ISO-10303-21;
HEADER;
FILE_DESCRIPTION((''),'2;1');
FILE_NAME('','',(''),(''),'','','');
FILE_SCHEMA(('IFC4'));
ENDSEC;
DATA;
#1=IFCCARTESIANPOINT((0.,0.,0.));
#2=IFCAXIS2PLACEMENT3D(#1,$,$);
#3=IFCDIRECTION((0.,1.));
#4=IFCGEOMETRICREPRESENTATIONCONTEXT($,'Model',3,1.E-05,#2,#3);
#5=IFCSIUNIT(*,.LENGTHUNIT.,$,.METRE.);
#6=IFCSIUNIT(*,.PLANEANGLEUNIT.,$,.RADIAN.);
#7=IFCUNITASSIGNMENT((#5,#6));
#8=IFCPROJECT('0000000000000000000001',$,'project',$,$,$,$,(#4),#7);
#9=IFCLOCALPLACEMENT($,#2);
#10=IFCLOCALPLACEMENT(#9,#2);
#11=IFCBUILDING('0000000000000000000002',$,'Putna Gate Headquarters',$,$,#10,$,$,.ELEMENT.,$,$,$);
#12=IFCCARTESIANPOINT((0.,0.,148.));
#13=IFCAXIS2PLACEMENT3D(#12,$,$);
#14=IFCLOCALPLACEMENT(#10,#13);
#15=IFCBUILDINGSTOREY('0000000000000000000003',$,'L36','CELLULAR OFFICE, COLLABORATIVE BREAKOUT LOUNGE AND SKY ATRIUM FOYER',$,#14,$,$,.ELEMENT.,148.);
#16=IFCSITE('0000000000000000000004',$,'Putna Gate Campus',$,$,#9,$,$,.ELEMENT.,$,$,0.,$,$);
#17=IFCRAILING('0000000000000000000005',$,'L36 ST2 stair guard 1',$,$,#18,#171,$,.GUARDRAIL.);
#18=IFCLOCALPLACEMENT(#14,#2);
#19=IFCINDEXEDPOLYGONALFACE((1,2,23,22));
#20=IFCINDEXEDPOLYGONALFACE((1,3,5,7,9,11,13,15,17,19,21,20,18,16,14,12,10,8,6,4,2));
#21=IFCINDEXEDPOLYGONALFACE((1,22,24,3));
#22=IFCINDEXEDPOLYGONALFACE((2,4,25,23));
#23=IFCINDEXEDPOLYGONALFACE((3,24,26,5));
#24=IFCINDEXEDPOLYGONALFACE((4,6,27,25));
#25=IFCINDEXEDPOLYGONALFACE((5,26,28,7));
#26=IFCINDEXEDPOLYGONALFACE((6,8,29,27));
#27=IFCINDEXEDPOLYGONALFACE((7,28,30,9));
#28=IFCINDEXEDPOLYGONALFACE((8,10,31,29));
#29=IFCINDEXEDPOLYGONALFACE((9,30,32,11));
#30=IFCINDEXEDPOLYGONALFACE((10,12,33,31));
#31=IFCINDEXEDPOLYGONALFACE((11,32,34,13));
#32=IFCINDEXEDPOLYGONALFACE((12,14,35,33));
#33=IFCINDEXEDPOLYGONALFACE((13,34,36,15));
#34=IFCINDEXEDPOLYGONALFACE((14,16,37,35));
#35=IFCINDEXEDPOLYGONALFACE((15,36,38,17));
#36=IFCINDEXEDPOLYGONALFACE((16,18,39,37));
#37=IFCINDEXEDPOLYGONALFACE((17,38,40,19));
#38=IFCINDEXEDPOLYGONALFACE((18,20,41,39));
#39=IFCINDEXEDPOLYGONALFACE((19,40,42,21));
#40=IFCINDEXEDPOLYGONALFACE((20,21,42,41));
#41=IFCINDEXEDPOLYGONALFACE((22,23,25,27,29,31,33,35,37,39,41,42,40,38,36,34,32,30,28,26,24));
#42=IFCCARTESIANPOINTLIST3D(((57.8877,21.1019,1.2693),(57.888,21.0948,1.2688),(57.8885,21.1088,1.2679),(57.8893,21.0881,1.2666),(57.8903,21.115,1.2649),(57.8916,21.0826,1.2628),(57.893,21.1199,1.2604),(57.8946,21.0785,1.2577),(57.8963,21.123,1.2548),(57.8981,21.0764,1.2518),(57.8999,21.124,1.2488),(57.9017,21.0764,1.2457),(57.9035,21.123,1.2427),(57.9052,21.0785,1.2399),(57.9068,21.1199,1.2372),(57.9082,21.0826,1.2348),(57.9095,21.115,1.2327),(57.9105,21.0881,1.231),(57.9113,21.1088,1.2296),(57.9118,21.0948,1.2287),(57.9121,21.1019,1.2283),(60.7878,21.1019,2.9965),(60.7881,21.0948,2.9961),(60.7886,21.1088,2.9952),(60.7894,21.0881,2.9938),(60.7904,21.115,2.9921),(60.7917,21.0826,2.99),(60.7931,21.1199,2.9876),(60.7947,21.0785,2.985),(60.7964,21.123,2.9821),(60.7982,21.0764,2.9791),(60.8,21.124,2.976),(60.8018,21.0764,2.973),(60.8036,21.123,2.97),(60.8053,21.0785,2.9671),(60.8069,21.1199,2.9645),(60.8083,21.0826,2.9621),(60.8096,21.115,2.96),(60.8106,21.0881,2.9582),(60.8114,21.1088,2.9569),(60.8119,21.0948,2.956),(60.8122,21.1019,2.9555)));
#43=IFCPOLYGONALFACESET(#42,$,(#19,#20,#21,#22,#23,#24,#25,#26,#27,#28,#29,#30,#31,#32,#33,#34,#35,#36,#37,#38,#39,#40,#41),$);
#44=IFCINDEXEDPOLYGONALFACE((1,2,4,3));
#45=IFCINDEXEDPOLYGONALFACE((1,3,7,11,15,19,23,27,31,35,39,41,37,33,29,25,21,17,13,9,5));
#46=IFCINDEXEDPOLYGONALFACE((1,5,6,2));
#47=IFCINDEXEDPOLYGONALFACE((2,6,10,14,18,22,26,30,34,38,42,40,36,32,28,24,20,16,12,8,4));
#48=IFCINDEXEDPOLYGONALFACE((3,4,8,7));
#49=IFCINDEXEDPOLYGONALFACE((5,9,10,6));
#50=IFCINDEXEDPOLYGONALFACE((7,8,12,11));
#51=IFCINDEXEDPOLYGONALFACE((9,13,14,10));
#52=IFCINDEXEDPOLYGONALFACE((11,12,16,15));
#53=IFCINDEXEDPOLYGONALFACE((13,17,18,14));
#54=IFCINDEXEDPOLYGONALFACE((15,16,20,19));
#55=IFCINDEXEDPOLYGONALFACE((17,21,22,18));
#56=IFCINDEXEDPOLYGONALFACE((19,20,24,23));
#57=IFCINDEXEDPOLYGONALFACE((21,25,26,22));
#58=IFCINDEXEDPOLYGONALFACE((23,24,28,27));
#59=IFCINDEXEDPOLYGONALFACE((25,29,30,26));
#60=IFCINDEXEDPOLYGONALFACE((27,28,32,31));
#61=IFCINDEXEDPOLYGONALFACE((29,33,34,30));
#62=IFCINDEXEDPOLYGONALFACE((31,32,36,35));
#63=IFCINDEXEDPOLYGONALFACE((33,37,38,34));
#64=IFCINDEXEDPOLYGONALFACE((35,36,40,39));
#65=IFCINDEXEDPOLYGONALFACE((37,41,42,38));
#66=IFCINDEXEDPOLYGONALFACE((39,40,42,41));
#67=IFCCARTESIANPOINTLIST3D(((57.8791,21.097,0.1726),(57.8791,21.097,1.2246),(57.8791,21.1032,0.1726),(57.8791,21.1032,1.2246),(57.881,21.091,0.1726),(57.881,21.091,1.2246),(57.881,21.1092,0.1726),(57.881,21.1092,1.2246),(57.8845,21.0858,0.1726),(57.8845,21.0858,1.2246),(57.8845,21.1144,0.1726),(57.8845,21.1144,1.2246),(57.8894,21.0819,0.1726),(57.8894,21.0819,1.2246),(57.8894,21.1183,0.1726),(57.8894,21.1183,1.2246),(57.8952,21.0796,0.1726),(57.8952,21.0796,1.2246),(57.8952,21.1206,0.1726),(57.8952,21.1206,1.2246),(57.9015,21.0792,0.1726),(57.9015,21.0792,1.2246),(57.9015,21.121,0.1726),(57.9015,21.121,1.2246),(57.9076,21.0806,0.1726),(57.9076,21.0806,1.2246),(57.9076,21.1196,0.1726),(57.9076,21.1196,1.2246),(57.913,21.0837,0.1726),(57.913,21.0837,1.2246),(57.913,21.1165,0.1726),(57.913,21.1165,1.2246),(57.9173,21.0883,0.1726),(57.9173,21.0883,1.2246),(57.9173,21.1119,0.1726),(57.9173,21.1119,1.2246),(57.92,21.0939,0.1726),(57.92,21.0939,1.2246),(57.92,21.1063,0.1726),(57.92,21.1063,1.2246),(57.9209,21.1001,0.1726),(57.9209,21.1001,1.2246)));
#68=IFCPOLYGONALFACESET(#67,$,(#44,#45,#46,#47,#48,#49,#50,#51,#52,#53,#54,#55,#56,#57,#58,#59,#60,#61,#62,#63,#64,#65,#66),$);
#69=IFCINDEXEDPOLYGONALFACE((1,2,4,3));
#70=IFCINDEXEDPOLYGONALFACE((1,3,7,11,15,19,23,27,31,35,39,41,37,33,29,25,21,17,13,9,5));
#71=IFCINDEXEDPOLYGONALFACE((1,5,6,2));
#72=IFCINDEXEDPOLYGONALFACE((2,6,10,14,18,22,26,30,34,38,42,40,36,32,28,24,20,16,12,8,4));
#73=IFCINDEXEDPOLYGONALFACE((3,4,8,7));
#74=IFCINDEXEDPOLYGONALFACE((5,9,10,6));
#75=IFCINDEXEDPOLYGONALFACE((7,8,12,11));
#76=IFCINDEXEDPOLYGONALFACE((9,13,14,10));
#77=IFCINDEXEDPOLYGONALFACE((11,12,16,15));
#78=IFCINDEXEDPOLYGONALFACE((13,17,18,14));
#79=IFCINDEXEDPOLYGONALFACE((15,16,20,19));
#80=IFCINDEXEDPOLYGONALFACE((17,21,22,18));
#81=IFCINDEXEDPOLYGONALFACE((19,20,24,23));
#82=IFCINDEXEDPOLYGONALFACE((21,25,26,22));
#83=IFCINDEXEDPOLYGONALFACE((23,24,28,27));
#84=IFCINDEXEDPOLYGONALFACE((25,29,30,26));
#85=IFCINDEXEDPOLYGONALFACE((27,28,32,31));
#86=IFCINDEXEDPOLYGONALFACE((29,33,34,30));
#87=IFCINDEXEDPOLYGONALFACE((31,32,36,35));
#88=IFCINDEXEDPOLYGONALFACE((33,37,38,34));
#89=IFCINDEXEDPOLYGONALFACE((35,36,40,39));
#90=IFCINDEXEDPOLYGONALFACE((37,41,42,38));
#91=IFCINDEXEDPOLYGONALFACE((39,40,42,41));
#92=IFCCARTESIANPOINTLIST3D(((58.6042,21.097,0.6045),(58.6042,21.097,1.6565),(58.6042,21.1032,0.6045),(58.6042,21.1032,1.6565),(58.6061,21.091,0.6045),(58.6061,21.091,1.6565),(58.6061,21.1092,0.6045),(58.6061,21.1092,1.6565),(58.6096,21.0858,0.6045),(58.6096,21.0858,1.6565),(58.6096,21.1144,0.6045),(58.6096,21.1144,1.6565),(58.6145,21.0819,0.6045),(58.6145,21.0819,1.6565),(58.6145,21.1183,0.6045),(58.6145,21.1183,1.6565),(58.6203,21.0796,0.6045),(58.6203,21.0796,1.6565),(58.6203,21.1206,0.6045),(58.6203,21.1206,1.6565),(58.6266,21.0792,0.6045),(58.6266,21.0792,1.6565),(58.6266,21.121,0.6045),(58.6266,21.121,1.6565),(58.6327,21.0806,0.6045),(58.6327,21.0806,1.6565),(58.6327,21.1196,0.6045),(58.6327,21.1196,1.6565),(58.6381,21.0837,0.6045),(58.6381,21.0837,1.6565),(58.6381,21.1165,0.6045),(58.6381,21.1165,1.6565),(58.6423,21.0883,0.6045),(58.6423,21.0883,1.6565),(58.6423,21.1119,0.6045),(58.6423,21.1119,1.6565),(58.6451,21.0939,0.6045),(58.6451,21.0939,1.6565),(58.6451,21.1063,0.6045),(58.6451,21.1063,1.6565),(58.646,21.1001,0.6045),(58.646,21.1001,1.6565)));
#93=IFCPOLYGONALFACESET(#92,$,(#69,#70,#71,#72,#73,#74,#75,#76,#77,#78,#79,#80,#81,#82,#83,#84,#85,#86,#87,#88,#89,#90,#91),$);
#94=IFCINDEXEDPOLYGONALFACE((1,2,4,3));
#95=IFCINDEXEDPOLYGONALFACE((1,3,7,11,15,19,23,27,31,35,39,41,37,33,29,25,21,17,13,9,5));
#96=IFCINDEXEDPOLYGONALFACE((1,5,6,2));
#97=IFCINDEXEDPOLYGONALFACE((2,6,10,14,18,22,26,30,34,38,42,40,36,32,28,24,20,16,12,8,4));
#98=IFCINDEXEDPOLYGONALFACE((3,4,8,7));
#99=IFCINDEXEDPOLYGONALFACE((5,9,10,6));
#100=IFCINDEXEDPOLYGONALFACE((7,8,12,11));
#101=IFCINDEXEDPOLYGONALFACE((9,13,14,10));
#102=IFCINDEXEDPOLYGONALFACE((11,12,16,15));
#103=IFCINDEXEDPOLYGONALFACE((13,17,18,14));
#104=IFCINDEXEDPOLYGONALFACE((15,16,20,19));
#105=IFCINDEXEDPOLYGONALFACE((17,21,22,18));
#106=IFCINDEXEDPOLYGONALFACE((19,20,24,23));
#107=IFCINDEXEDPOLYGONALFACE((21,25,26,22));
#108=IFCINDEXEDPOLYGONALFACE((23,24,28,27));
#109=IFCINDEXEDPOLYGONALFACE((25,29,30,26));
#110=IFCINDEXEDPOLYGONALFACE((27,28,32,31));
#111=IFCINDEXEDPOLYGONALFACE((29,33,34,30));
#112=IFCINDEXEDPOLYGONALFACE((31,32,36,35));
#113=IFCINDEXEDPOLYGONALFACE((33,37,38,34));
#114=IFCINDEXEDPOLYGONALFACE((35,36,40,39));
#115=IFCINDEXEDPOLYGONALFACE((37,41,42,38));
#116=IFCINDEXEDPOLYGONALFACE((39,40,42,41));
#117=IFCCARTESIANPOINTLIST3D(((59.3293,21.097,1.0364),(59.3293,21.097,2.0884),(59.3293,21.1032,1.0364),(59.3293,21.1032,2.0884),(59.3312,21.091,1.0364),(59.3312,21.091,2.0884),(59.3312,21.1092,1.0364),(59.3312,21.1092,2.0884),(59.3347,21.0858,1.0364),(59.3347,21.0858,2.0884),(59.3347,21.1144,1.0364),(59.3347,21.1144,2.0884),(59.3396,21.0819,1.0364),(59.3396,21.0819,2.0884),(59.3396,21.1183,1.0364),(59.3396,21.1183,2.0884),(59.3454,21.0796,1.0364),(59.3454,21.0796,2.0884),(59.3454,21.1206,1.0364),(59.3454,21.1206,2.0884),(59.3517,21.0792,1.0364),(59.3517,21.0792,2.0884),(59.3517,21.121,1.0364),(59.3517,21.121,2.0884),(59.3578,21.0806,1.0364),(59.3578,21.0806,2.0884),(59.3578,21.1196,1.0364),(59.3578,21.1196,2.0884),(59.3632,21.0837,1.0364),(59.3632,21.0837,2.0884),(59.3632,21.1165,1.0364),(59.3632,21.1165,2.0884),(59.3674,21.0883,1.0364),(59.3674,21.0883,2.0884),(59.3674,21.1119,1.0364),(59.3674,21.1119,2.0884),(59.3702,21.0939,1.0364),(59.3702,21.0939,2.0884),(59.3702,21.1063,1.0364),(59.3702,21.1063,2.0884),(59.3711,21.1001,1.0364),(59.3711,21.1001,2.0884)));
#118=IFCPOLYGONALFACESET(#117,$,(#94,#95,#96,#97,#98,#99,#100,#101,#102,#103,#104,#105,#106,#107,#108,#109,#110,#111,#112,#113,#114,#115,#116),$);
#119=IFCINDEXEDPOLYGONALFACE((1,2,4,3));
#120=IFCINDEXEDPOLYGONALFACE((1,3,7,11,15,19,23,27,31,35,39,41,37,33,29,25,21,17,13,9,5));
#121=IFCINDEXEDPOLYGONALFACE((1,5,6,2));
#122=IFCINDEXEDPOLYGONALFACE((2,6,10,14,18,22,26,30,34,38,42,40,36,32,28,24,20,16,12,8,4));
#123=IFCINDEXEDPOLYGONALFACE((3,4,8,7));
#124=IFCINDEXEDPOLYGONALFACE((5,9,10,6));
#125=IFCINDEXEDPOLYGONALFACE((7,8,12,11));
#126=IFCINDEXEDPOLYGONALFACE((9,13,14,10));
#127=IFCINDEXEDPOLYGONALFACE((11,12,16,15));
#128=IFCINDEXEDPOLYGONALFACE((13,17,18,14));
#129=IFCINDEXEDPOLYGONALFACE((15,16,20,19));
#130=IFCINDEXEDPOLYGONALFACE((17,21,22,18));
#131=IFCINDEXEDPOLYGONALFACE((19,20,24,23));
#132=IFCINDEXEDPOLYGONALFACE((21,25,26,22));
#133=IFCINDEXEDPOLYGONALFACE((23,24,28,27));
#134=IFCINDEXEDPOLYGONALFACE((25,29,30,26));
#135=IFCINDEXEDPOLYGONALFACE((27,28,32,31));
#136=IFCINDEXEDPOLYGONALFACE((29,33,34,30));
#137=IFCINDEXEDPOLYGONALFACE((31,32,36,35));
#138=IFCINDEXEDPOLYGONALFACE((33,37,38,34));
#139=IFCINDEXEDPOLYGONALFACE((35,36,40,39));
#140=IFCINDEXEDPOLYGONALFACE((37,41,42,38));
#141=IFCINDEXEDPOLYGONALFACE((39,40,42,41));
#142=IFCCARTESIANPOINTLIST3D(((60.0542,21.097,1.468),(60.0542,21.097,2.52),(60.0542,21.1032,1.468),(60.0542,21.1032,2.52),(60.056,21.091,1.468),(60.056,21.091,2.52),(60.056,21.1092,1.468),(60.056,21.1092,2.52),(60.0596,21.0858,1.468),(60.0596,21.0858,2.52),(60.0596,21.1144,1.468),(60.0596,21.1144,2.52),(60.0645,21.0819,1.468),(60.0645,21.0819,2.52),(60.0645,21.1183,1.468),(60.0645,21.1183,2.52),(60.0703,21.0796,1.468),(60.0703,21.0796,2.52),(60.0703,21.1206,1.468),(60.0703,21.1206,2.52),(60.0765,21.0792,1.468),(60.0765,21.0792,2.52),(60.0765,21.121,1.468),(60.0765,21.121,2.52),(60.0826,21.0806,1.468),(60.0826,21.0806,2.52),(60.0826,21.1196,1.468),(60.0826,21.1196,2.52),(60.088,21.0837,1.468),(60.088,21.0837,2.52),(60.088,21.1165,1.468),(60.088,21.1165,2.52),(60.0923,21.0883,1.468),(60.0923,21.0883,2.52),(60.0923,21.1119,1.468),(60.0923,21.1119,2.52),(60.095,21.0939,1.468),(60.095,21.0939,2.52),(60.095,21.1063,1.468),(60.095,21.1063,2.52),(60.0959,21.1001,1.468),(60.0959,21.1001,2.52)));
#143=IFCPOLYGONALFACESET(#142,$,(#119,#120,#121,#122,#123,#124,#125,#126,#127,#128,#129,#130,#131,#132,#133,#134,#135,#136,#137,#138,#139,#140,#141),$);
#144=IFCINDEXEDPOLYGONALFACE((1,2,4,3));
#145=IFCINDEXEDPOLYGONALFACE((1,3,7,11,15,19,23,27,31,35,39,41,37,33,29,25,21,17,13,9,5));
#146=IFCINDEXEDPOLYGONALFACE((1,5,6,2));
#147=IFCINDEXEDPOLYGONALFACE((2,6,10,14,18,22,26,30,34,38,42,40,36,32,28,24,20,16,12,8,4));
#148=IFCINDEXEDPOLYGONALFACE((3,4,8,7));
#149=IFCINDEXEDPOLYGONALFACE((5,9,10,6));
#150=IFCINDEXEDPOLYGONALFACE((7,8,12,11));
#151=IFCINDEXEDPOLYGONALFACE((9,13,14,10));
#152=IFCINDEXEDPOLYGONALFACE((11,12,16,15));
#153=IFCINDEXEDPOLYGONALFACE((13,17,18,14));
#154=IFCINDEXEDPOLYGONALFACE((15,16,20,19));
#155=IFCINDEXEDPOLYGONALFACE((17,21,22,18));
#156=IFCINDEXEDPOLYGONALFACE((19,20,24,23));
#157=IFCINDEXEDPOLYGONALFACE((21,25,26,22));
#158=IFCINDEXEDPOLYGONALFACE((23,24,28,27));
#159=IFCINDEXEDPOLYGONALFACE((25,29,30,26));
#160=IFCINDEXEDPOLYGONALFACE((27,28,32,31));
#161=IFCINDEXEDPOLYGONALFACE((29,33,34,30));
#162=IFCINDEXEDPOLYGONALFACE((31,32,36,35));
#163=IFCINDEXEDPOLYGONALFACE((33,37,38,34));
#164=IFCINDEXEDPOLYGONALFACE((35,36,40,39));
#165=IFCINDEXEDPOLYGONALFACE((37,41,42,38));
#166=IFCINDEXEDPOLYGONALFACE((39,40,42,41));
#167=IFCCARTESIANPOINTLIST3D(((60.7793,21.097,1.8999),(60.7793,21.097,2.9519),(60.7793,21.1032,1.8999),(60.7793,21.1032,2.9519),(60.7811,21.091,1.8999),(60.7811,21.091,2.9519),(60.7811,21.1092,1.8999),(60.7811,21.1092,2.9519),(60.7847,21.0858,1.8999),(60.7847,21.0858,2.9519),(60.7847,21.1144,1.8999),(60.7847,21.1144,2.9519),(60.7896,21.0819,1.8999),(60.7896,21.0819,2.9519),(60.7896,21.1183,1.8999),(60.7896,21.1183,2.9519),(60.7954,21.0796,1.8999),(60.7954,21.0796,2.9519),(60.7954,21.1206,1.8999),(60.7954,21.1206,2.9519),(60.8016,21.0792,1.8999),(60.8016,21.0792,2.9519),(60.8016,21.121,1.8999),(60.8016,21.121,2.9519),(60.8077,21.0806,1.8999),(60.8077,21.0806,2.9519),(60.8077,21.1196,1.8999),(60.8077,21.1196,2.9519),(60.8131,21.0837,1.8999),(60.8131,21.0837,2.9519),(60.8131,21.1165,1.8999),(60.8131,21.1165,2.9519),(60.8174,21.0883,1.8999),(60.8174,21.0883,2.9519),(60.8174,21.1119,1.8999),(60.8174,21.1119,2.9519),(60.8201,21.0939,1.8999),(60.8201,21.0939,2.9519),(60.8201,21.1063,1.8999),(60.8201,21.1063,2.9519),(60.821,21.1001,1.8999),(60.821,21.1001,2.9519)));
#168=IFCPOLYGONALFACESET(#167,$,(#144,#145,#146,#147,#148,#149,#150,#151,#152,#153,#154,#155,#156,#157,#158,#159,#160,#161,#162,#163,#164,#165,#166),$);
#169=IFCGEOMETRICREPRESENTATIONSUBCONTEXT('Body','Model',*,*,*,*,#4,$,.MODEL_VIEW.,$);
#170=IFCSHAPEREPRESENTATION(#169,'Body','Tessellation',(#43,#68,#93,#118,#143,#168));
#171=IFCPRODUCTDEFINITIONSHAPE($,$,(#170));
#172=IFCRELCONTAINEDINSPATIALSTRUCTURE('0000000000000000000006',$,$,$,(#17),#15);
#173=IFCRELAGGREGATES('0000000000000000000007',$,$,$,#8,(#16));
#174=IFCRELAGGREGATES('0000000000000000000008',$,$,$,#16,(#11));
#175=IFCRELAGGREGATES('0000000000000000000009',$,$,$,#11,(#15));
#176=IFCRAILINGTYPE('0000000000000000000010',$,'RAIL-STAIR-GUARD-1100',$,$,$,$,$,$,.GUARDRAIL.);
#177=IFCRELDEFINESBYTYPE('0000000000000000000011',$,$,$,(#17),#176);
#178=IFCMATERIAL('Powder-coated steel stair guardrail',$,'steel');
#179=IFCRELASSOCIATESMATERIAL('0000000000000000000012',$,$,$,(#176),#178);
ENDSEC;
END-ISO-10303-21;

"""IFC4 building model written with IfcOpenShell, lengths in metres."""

from ifc_helpers import new_model, si_unit, direction, frame, origin, origin_2d, place, context, subcontext, project, spatial, circle, extrude, material, type_object, element, save


model = new_model("IFC4")

# Units and contexts
model_context = context("Model", 3, precision=1e-05, world=origin(), true_north=direction((0.0, 1.0)))
body_context = subcontext(model_context, "Body", "Model", "MODEL_VIEW")
ifc_project = project(units=[si_unit("LENGTHUNIT", "METRE"), si_unit("PLANEANGLEUNIT", "RADIAN")], contexts=[model_context])

# Site, building, storey
site_placement = place(None, origin())
site = spatial("IfcSite", under=ifc_project, at=site_placement, Name="Putna Gate Campus", CompositionType="ELEMENT", RefElevation=0.0)
building_placement = place(site_placement, origin())
building = spatial("IfcBuilding", under=site, at=building_placement, Name="Putna Gate Headquarters", CompositionType="ELEMENT")
storey_placement = place(building_placement, frame((0.0, 0.0, 148.0)))
storey = spatial("IfcBuildingStorey", under=building, at=storey_placement, Name="L36", Description="CELLULAR OFFICE, COLLABORATIVE BREAKOUT LOUNGE AND SKY ATRIUM FOYER", CompositionType="ELEMENT", Elevation=148.0)

# Railing
ifc_material_1 = material(Name="Powder-coated steel stair guardrail", Category="steel")
railing_type_1 = type_object("IfcRailingType", Name="RAIL-STAIR-GUARD-1100", PredefinedType="GUARDRAIL", material=ifc_material_1)
railing_1_placement = place(storey_placement, frame((57.8999, 21.1001, 0.1726)))
element("IfcRailing", 1, at=railing_1_placement, inside=storey, type_object=railing_type_1, Name="L36 ST2 stair guard 1", PredefinedType="GUARDRAIL", context=body_context, shape_type="SweptSolid", body=[
    extrude(circle(Radius=0.0239, at=origin_2d()), frame((0.0, 0.0, 1.0762), z_axis=(0.85916, 0.0, 0.511706), x_axis=(0.0, 1.0, 0.0)), (0.0, 0.0, 1.0), 3.3755),
    extrude(circle(Radius=0.021, at=origin_2d()), origin(), (0.0, 0.0, 1.0), 1.052),
    extrude(circle(Radius=0.021, at=origin_2d()), frame((0.7251, 0.0, 0.4319)), (0.0, 0.0, 1.0), 1.052),
    extrude(circle(Radius=0.021, at=origin_2d()), frame((1.4502, 0.0, 0.8638)), (0.0, 0.0, 1.0), 1.052),
    extrude(circle(Radius=0.021, at=origin_2d()), frame((2.175, 0.0, 1.2954)), (0.0, 0.0, 1.0), 1.052),
    extrude(circle(Radius=0.021, at=origin_2d()), frame((2.9001, 0.0, 1.7273)), (0.0, 0.0, 1.0), 1.052),
])

save(model, "model.ifc")
